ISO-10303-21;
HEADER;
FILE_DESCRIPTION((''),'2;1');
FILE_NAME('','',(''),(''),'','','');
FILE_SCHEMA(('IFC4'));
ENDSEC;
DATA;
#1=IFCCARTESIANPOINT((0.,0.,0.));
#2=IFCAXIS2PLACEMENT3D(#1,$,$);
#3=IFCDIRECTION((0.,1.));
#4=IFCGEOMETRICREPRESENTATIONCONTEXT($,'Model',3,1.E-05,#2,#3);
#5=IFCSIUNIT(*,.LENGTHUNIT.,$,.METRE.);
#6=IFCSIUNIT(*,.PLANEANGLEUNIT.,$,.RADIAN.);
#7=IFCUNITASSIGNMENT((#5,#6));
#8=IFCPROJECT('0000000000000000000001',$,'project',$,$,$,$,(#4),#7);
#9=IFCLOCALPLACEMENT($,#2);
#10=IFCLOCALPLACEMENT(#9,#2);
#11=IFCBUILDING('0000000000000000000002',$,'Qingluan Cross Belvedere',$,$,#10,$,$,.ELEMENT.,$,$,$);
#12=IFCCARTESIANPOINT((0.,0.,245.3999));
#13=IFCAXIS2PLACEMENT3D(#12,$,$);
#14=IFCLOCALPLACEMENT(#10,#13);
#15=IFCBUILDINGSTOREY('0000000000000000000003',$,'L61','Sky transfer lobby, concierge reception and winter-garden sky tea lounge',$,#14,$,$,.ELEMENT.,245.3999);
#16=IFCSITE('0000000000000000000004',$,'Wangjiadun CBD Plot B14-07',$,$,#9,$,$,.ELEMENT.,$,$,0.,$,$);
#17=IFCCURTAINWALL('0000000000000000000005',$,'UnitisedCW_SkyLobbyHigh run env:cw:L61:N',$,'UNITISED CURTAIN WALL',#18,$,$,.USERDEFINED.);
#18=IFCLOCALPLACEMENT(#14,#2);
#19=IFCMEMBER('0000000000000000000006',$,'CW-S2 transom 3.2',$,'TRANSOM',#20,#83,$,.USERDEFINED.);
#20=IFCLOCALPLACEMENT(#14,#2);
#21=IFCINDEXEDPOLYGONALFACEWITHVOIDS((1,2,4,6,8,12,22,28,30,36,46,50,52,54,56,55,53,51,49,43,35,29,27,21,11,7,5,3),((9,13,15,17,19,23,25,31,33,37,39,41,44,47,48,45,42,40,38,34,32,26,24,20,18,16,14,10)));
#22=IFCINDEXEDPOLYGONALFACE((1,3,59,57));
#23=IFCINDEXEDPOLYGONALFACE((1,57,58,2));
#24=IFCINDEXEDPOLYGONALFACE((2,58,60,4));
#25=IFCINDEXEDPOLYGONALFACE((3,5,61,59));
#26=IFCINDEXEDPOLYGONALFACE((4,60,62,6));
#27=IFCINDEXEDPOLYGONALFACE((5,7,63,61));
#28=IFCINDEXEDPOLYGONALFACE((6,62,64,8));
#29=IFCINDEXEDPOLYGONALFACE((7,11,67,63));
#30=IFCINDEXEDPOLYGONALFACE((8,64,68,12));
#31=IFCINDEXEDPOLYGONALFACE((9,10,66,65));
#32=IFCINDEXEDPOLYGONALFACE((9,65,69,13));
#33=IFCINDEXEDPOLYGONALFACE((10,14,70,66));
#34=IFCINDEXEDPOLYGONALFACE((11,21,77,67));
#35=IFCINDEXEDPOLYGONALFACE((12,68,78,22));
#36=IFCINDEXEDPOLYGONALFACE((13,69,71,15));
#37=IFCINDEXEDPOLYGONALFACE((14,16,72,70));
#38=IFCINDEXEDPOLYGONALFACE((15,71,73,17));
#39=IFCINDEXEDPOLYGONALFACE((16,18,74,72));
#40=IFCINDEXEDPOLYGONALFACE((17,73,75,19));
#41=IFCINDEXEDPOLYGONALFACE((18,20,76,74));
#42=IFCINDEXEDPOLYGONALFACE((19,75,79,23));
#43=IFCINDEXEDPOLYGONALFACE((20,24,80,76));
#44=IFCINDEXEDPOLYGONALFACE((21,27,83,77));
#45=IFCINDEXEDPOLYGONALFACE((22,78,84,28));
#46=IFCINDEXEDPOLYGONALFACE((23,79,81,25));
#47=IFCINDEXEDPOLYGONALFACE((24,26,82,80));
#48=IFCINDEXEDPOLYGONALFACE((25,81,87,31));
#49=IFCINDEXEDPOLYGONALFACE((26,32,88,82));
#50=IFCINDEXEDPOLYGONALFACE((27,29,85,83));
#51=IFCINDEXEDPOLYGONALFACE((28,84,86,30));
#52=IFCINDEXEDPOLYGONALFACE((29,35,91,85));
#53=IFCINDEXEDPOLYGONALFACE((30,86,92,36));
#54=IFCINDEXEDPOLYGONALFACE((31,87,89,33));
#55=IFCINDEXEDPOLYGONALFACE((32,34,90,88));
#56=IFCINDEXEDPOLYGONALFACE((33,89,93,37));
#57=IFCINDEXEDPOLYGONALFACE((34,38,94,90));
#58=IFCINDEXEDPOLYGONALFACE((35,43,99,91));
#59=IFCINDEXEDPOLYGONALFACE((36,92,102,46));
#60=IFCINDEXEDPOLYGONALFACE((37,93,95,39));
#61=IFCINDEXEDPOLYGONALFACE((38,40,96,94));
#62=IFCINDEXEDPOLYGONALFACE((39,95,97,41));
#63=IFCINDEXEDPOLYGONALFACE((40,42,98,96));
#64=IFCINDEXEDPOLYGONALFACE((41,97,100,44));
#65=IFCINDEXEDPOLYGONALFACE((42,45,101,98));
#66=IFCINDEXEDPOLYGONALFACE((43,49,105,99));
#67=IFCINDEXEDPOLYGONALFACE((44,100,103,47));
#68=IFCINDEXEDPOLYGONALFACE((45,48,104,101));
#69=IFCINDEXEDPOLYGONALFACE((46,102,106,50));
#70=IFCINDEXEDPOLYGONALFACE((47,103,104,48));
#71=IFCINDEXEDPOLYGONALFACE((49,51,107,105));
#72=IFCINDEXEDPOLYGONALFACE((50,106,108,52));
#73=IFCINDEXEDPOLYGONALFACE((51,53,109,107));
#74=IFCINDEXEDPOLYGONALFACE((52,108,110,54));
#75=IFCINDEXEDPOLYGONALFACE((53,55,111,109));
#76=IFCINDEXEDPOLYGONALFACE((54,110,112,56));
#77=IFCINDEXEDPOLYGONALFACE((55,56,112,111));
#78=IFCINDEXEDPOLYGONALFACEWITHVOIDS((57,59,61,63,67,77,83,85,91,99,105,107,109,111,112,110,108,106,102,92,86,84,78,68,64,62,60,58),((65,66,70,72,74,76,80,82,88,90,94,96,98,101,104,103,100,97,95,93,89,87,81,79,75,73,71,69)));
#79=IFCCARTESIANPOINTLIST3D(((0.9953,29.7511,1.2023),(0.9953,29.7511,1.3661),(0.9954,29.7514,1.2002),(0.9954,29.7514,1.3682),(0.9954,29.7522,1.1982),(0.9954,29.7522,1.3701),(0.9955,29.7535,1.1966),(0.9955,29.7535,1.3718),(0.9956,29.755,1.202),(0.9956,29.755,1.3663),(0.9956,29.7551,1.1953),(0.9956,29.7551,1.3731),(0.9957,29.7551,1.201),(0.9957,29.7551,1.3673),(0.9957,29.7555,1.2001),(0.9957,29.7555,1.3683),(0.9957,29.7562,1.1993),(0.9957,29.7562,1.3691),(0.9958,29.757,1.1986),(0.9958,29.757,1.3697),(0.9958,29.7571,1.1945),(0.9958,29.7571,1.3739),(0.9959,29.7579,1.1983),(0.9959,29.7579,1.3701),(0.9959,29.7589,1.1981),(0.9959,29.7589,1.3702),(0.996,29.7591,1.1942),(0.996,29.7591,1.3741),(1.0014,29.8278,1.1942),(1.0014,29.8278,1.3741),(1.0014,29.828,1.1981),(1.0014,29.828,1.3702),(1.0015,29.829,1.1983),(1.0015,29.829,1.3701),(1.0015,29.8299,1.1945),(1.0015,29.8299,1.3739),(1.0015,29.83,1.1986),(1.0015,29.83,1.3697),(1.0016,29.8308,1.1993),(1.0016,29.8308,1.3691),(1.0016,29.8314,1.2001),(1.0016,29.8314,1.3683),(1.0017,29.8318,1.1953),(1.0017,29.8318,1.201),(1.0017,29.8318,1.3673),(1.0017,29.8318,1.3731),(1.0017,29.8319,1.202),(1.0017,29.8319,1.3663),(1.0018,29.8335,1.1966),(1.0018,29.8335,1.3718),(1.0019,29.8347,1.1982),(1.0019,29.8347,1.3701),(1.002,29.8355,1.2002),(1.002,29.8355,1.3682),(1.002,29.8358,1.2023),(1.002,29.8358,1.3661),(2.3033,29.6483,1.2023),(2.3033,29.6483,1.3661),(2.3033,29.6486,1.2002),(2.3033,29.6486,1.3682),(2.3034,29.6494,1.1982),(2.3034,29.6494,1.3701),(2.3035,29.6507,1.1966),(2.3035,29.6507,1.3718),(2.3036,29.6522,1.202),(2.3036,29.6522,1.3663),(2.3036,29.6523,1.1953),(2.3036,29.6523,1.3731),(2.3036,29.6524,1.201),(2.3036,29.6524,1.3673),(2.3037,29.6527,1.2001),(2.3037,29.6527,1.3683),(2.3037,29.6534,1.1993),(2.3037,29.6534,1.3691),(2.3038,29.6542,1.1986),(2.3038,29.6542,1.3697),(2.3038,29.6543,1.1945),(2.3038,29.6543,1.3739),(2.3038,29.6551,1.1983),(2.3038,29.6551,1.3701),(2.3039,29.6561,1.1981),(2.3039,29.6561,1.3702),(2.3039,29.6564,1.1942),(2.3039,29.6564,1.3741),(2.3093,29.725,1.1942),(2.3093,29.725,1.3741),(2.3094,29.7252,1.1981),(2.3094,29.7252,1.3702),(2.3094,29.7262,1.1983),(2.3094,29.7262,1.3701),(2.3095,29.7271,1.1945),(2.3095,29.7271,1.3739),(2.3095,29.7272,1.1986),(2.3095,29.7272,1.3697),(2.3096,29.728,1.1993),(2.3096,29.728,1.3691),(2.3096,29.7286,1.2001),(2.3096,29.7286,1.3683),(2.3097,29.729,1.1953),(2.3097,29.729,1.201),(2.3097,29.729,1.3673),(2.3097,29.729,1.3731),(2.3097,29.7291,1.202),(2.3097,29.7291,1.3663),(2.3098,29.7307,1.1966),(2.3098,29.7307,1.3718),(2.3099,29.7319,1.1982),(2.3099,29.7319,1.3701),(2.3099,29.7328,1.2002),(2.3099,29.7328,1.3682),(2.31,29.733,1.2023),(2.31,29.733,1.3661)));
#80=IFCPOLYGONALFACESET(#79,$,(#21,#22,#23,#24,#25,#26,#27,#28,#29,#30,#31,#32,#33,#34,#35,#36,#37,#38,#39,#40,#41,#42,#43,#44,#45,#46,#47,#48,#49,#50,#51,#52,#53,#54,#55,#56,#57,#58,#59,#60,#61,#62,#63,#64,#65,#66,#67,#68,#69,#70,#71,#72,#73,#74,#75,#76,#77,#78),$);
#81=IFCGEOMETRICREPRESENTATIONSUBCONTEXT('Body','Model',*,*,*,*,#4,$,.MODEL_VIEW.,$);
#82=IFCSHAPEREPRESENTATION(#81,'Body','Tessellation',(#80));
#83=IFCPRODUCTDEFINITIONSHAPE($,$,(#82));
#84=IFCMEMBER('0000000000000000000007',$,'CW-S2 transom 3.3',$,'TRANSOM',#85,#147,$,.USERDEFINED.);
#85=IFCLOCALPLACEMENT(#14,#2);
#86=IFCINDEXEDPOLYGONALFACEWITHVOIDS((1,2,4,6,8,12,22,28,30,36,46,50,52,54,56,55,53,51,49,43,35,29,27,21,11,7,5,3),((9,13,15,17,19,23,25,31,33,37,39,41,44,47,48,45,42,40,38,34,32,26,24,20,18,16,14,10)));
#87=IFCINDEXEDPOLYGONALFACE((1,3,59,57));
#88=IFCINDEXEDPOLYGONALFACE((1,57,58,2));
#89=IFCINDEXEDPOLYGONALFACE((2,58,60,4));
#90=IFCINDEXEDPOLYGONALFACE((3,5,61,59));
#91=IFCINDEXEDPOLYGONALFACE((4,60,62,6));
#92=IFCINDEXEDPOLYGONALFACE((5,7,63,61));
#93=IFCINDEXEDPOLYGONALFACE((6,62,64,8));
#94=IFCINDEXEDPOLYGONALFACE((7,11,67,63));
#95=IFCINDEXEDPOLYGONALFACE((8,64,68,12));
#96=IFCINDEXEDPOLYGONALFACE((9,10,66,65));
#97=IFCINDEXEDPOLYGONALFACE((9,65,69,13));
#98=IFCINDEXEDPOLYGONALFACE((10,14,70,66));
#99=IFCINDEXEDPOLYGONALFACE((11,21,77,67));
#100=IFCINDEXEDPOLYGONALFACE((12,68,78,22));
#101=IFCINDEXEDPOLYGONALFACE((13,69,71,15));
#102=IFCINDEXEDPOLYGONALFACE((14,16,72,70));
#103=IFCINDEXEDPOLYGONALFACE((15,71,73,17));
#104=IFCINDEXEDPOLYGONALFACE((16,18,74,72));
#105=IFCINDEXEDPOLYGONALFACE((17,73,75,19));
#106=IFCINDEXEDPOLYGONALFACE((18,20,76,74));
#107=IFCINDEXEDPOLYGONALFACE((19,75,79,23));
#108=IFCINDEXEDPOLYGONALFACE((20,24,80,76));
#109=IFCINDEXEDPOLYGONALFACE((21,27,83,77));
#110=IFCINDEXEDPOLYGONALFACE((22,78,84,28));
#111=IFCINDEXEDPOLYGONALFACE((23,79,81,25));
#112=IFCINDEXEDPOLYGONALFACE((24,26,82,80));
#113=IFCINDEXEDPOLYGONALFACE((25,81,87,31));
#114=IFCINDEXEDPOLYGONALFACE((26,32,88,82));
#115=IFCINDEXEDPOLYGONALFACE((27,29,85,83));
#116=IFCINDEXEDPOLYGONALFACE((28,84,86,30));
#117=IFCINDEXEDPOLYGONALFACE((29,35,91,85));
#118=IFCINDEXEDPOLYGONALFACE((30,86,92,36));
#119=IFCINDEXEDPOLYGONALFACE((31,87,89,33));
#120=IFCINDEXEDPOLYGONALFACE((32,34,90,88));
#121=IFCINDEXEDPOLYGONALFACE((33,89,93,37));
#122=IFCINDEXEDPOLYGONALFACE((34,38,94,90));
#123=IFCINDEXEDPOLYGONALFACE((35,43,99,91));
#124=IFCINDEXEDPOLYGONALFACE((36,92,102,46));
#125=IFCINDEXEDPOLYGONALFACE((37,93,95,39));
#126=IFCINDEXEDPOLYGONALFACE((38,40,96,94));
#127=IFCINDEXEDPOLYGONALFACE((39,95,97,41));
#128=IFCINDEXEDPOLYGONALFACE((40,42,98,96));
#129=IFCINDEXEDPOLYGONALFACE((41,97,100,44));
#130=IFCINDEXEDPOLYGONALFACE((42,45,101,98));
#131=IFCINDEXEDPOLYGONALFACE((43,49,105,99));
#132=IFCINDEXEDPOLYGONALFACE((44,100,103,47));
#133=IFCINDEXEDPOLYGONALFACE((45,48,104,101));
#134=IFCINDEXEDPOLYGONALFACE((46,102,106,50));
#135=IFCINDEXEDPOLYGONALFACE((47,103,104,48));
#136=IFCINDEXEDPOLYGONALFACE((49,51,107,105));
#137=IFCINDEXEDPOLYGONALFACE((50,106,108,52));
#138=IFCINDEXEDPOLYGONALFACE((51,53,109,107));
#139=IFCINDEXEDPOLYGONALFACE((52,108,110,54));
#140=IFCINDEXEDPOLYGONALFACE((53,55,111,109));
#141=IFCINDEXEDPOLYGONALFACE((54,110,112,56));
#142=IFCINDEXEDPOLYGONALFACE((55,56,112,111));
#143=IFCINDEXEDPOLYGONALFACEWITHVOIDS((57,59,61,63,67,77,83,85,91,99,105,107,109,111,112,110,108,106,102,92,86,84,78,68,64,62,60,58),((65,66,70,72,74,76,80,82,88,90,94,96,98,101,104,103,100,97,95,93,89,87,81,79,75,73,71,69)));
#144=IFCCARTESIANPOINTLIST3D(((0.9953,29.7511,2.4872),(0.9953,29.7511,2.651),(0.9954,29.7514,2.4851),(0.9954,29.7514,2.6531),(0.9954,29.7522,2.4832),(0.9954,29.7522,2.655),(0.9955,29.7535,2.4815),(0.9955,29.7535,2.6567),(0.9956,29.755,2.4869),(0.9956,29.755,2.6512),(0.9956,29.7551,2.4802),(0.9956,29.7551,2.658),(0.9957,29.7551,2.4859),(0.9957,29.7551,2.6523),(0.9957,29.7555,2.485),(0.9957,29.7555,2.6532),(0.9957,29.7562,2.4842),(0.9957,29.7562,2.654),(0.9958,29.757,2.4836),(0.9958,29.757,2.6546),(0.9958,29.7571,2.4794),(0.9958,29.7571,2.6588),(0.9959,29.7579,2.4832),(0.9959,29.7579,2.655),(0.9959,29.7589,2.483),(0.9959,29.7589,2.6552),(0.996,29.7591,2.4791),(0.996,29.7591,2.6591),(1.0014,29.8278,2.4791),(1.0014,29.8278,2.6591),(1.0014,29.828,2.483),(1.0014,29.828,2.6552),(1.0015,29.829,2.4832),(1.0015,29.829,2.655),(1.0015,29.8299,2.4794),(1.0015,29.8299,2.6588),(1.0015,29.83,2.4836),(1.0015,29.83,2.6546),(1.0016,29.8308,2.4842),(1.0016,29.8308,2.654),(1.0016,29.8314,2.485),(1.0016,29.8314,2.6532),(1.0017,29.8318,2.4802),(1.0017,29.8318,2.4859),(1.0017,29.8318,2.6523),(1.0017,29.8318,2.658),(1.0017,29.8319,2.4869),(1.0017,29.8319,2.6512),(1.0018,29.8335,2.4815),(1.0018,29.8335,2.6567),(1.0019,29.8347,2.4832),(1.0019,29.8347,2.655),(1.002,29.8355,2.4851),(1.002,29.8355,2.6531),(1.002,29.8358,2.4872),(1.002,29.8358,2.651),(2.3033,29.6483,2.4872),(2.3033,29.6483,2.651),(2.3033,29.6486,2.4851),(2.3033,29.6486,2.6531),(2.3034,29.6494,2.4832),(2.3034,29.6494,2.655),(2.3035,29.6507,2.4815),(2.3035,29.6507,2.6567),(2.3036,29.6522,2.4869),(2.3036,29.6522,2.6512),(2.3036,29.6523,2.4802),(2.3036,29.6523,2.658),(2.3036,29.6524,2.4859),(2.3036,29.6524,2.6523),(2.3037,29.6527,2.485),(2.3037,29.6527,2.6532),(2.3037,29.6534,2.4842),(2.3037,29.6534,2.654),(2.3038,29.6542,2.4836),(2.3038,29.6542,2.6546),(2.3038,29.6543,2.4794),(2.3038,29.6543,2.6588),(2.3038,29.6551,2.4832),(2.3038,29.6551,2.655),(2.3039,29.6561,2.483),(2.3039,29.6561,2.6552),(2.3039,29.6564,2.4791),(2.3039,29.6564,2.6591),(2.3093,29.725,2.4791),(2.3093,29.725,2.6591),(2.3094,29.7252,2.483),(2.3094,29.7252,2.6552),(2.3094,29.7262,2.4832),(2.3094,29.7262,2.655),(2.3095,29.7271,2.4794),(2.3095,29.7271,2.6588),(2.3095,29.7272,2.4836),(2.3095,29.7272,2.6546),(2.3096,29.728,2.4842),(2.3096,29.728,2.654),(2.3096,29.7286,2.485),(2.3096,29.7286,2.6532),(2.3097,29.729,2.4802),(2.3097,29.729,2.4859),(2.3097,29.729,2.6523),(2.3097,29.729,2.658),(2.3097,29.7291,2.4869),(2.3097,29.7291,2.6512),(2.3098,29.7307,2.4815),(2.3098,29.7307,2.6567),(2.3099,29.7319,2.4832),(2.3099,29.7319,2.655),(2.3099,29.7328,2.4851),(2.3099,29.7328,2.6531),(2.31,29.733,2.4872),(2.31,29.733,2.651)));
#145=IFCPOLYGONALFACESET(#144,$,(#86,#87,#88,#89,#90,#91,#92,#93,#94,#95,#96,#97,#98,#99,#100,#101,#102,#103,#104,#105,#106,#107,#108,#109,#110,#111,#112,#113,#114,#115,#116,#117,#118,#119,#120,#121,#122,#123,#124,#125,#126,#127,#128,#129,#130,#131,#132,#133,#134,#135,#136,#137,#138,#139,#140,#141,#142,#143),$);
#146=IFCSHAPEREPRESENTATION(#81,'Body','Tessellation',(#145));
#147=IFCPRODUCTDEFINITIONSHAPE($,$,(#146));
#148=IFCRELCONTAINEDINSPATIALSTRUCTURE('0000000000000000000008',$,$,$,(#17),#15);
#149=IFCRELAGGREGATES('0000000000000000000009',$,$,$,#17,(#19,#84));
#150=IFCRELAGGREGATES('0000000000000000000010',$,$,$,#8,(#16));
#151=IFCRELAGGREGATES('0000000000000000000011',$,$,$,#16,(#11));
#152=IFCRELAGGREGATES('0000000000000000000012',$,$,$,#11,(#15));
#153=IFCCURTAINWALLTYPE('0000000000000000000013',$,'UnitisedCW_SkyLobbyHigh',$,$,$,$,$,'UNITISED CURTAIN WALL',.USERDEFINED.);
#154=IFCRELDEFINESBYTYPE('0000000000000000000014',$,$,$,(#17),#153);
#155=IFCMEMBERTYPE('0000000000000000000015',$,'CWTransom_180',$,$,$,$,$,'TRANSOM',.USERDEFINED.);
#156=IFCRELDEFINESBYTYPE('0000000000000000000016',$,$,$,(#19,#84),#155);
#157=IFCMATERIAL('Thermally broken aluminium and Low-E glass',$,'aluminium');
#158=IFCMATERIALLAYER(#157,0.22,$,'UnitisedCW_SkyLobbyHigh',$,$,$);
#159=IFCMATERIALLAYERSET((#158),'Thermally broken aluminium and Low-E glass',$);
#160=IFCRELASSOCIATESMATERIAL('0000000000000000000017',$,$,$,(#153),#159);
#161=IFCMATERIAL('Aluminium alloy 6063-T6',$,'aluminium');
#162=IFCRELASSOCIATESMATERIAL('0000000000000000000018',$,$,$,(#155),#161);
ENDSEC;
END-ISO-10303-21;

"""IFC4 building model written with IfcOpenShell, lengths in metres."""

from ifc_helpers import new_model, si_unit, direction, frame, origin, origin_2d, place, context, subcontext, project, spatial, hollow_rectangle, extrude, material, layer, layer_set, material_profile, profile_set, type_object, element, aggregate, save


model = new_model("IFC4")

# Units and contexts
model_context = context("Model", 3, precision=1e-05, world=origin(), true_north=direction((0.0, 1.0)))
body_context = subcontext(model_context, "Body", "Model", "MODEL_VIEW")
ifc_project = project(units=[si_unit("LENGTHUNIT", "METRE"), si_unit("PLANEANGLEUNIT", "RADIAN")], contexts=[model_context])

# Site, building, storey
site_placement = place(None, origin())
site = spatial("IfcSite", under=ifc_project, at=site_placement, Name="Wangjiadun CBD Plot B14-07", CompositionType="ELEMENT", RefElevation=0.0)
building_placement = place(site_placement, origin())
building = spatial("IfcBuilding", under=site, at=building_placement, Name="Qingluan Cross Belvedere", CompositionType="ELEMENT")
storey_placement = place(building_placement, frame((0.0, 0.0, 245.3999)))
storey = spatial("IfcBuildingStorey", under=building, at=storey_placement, Name="L61", Description="Sky transfer lobby, concierge reception and winter-garden sky tea lounge", CompositionType="ELEMENT", Elevation=245.3999)

# Curtain wall, members
ifc_material_1 = material(Name="Thermally broken aluminium and Low-E glass", Category="aluminium")
ifc_layer_1 = layer(ifc_material_1, 0.22, Name="UnitisedCW_SkyLobbyHigh")
ifc_layer_set_1 = layer_set([ifc_layer_1], Name="Thermally broken aluminium and Low-E glass")
curtain_wall_type = type_object("IfcCurtainWallType", Name="UnitisedCW_SkyLobbyHigh", ElementType="UNITISED CURTAIN WALL", PredefinedType="USERDEFINED", material=ifc_layer_set_1)
curtain_wall_placement = place(storey_placement, origin())
curtain_wall = element("IfcCurtainWall", 1, at=curtain_wall_placement, inside=storey, type_object=curtain_wall_type, Name="UnitisedCW_SkyLobbyHigh run env:cw:L61:N", ObjectType="UNITISED CURTAIN WALL", PredefinedType="USERDEFINED")
ifc_material_2 = material(Name="Aluminium alloy 6063-T6", Category="aluminium")
ifc_material_profile_1 = material_profile(ifc_material_2, hollow_rectangle(XDim=0.085, YDim=0.1799, WallThickness=0.0039, InnerFilletRadius=0.0039, OuterFilletRadius=0.0081, at=origin_2d()), Name="CWT180x85x4")
ifc_profile_set_1 = profile_set([ifc_material_profile_1], Name="Aluminium alloy 6063-T6")
member_type_1 = type_object("IfcMemberType", Name="CWTransom_180", ElementType="TRANSOM", PredefinedType="USERDEFINED", material=ifc_profile_set_1)
member_1_placement = place(storey_placement, frame((2.3066, 29.6907, 1.2842), z_axis=(-0.996926, 0.078347, 0.0), x_axis=(-0.078347, -0.996926, 0.0)))
member_1 = element("IfcMember", 2, at=member_1_placement, type_object=member_type_1, Name="CW-S2 transom 3.2", ObjectType="TRANSOM", PredefinedType="USERDEFINED", context=body_context, shape_type="SweptSolid", body=[
    extrude(hollow_rectangle(XDim=0.085, YDim=0.1799, WallThickness=0.0039, InnerFilletRadius=0.0039, OuterFilletRadius=0.0081, at=origin_2d()), origin(), (0.0, 0.0, 1.0), 1.312),
])
member_2_placement = place(storey_placement, frame((2.3066, 29.6907, 2.5691), z_axis=(-0.996926, 0.078347, 0.0), x_axis=(-0.078347, -0.996926, 0.0)))
member_2 = element("IfcMember", 3, at=member_2_placement, type_object=member_type_1, Name="CW-S2 transom 3.3", ObjectType="TRANSOM", PredefinedType="USERDEFINED", context=body_context, shape_type="SweptSolid", body=[
    extrude(hollow_rectangle(XDim=0.085, YDim=0.1799, WallThickness=0.0039, InnerFilletRadius=0.0039, OuterFilletRadius=0.0081, at=origin_2d()), origin(), (0.0, 0.0, 1.0), 1.312),
])
aggregate(curtain_wall, [member_1, member_2])

save(model, "model.ifc")
